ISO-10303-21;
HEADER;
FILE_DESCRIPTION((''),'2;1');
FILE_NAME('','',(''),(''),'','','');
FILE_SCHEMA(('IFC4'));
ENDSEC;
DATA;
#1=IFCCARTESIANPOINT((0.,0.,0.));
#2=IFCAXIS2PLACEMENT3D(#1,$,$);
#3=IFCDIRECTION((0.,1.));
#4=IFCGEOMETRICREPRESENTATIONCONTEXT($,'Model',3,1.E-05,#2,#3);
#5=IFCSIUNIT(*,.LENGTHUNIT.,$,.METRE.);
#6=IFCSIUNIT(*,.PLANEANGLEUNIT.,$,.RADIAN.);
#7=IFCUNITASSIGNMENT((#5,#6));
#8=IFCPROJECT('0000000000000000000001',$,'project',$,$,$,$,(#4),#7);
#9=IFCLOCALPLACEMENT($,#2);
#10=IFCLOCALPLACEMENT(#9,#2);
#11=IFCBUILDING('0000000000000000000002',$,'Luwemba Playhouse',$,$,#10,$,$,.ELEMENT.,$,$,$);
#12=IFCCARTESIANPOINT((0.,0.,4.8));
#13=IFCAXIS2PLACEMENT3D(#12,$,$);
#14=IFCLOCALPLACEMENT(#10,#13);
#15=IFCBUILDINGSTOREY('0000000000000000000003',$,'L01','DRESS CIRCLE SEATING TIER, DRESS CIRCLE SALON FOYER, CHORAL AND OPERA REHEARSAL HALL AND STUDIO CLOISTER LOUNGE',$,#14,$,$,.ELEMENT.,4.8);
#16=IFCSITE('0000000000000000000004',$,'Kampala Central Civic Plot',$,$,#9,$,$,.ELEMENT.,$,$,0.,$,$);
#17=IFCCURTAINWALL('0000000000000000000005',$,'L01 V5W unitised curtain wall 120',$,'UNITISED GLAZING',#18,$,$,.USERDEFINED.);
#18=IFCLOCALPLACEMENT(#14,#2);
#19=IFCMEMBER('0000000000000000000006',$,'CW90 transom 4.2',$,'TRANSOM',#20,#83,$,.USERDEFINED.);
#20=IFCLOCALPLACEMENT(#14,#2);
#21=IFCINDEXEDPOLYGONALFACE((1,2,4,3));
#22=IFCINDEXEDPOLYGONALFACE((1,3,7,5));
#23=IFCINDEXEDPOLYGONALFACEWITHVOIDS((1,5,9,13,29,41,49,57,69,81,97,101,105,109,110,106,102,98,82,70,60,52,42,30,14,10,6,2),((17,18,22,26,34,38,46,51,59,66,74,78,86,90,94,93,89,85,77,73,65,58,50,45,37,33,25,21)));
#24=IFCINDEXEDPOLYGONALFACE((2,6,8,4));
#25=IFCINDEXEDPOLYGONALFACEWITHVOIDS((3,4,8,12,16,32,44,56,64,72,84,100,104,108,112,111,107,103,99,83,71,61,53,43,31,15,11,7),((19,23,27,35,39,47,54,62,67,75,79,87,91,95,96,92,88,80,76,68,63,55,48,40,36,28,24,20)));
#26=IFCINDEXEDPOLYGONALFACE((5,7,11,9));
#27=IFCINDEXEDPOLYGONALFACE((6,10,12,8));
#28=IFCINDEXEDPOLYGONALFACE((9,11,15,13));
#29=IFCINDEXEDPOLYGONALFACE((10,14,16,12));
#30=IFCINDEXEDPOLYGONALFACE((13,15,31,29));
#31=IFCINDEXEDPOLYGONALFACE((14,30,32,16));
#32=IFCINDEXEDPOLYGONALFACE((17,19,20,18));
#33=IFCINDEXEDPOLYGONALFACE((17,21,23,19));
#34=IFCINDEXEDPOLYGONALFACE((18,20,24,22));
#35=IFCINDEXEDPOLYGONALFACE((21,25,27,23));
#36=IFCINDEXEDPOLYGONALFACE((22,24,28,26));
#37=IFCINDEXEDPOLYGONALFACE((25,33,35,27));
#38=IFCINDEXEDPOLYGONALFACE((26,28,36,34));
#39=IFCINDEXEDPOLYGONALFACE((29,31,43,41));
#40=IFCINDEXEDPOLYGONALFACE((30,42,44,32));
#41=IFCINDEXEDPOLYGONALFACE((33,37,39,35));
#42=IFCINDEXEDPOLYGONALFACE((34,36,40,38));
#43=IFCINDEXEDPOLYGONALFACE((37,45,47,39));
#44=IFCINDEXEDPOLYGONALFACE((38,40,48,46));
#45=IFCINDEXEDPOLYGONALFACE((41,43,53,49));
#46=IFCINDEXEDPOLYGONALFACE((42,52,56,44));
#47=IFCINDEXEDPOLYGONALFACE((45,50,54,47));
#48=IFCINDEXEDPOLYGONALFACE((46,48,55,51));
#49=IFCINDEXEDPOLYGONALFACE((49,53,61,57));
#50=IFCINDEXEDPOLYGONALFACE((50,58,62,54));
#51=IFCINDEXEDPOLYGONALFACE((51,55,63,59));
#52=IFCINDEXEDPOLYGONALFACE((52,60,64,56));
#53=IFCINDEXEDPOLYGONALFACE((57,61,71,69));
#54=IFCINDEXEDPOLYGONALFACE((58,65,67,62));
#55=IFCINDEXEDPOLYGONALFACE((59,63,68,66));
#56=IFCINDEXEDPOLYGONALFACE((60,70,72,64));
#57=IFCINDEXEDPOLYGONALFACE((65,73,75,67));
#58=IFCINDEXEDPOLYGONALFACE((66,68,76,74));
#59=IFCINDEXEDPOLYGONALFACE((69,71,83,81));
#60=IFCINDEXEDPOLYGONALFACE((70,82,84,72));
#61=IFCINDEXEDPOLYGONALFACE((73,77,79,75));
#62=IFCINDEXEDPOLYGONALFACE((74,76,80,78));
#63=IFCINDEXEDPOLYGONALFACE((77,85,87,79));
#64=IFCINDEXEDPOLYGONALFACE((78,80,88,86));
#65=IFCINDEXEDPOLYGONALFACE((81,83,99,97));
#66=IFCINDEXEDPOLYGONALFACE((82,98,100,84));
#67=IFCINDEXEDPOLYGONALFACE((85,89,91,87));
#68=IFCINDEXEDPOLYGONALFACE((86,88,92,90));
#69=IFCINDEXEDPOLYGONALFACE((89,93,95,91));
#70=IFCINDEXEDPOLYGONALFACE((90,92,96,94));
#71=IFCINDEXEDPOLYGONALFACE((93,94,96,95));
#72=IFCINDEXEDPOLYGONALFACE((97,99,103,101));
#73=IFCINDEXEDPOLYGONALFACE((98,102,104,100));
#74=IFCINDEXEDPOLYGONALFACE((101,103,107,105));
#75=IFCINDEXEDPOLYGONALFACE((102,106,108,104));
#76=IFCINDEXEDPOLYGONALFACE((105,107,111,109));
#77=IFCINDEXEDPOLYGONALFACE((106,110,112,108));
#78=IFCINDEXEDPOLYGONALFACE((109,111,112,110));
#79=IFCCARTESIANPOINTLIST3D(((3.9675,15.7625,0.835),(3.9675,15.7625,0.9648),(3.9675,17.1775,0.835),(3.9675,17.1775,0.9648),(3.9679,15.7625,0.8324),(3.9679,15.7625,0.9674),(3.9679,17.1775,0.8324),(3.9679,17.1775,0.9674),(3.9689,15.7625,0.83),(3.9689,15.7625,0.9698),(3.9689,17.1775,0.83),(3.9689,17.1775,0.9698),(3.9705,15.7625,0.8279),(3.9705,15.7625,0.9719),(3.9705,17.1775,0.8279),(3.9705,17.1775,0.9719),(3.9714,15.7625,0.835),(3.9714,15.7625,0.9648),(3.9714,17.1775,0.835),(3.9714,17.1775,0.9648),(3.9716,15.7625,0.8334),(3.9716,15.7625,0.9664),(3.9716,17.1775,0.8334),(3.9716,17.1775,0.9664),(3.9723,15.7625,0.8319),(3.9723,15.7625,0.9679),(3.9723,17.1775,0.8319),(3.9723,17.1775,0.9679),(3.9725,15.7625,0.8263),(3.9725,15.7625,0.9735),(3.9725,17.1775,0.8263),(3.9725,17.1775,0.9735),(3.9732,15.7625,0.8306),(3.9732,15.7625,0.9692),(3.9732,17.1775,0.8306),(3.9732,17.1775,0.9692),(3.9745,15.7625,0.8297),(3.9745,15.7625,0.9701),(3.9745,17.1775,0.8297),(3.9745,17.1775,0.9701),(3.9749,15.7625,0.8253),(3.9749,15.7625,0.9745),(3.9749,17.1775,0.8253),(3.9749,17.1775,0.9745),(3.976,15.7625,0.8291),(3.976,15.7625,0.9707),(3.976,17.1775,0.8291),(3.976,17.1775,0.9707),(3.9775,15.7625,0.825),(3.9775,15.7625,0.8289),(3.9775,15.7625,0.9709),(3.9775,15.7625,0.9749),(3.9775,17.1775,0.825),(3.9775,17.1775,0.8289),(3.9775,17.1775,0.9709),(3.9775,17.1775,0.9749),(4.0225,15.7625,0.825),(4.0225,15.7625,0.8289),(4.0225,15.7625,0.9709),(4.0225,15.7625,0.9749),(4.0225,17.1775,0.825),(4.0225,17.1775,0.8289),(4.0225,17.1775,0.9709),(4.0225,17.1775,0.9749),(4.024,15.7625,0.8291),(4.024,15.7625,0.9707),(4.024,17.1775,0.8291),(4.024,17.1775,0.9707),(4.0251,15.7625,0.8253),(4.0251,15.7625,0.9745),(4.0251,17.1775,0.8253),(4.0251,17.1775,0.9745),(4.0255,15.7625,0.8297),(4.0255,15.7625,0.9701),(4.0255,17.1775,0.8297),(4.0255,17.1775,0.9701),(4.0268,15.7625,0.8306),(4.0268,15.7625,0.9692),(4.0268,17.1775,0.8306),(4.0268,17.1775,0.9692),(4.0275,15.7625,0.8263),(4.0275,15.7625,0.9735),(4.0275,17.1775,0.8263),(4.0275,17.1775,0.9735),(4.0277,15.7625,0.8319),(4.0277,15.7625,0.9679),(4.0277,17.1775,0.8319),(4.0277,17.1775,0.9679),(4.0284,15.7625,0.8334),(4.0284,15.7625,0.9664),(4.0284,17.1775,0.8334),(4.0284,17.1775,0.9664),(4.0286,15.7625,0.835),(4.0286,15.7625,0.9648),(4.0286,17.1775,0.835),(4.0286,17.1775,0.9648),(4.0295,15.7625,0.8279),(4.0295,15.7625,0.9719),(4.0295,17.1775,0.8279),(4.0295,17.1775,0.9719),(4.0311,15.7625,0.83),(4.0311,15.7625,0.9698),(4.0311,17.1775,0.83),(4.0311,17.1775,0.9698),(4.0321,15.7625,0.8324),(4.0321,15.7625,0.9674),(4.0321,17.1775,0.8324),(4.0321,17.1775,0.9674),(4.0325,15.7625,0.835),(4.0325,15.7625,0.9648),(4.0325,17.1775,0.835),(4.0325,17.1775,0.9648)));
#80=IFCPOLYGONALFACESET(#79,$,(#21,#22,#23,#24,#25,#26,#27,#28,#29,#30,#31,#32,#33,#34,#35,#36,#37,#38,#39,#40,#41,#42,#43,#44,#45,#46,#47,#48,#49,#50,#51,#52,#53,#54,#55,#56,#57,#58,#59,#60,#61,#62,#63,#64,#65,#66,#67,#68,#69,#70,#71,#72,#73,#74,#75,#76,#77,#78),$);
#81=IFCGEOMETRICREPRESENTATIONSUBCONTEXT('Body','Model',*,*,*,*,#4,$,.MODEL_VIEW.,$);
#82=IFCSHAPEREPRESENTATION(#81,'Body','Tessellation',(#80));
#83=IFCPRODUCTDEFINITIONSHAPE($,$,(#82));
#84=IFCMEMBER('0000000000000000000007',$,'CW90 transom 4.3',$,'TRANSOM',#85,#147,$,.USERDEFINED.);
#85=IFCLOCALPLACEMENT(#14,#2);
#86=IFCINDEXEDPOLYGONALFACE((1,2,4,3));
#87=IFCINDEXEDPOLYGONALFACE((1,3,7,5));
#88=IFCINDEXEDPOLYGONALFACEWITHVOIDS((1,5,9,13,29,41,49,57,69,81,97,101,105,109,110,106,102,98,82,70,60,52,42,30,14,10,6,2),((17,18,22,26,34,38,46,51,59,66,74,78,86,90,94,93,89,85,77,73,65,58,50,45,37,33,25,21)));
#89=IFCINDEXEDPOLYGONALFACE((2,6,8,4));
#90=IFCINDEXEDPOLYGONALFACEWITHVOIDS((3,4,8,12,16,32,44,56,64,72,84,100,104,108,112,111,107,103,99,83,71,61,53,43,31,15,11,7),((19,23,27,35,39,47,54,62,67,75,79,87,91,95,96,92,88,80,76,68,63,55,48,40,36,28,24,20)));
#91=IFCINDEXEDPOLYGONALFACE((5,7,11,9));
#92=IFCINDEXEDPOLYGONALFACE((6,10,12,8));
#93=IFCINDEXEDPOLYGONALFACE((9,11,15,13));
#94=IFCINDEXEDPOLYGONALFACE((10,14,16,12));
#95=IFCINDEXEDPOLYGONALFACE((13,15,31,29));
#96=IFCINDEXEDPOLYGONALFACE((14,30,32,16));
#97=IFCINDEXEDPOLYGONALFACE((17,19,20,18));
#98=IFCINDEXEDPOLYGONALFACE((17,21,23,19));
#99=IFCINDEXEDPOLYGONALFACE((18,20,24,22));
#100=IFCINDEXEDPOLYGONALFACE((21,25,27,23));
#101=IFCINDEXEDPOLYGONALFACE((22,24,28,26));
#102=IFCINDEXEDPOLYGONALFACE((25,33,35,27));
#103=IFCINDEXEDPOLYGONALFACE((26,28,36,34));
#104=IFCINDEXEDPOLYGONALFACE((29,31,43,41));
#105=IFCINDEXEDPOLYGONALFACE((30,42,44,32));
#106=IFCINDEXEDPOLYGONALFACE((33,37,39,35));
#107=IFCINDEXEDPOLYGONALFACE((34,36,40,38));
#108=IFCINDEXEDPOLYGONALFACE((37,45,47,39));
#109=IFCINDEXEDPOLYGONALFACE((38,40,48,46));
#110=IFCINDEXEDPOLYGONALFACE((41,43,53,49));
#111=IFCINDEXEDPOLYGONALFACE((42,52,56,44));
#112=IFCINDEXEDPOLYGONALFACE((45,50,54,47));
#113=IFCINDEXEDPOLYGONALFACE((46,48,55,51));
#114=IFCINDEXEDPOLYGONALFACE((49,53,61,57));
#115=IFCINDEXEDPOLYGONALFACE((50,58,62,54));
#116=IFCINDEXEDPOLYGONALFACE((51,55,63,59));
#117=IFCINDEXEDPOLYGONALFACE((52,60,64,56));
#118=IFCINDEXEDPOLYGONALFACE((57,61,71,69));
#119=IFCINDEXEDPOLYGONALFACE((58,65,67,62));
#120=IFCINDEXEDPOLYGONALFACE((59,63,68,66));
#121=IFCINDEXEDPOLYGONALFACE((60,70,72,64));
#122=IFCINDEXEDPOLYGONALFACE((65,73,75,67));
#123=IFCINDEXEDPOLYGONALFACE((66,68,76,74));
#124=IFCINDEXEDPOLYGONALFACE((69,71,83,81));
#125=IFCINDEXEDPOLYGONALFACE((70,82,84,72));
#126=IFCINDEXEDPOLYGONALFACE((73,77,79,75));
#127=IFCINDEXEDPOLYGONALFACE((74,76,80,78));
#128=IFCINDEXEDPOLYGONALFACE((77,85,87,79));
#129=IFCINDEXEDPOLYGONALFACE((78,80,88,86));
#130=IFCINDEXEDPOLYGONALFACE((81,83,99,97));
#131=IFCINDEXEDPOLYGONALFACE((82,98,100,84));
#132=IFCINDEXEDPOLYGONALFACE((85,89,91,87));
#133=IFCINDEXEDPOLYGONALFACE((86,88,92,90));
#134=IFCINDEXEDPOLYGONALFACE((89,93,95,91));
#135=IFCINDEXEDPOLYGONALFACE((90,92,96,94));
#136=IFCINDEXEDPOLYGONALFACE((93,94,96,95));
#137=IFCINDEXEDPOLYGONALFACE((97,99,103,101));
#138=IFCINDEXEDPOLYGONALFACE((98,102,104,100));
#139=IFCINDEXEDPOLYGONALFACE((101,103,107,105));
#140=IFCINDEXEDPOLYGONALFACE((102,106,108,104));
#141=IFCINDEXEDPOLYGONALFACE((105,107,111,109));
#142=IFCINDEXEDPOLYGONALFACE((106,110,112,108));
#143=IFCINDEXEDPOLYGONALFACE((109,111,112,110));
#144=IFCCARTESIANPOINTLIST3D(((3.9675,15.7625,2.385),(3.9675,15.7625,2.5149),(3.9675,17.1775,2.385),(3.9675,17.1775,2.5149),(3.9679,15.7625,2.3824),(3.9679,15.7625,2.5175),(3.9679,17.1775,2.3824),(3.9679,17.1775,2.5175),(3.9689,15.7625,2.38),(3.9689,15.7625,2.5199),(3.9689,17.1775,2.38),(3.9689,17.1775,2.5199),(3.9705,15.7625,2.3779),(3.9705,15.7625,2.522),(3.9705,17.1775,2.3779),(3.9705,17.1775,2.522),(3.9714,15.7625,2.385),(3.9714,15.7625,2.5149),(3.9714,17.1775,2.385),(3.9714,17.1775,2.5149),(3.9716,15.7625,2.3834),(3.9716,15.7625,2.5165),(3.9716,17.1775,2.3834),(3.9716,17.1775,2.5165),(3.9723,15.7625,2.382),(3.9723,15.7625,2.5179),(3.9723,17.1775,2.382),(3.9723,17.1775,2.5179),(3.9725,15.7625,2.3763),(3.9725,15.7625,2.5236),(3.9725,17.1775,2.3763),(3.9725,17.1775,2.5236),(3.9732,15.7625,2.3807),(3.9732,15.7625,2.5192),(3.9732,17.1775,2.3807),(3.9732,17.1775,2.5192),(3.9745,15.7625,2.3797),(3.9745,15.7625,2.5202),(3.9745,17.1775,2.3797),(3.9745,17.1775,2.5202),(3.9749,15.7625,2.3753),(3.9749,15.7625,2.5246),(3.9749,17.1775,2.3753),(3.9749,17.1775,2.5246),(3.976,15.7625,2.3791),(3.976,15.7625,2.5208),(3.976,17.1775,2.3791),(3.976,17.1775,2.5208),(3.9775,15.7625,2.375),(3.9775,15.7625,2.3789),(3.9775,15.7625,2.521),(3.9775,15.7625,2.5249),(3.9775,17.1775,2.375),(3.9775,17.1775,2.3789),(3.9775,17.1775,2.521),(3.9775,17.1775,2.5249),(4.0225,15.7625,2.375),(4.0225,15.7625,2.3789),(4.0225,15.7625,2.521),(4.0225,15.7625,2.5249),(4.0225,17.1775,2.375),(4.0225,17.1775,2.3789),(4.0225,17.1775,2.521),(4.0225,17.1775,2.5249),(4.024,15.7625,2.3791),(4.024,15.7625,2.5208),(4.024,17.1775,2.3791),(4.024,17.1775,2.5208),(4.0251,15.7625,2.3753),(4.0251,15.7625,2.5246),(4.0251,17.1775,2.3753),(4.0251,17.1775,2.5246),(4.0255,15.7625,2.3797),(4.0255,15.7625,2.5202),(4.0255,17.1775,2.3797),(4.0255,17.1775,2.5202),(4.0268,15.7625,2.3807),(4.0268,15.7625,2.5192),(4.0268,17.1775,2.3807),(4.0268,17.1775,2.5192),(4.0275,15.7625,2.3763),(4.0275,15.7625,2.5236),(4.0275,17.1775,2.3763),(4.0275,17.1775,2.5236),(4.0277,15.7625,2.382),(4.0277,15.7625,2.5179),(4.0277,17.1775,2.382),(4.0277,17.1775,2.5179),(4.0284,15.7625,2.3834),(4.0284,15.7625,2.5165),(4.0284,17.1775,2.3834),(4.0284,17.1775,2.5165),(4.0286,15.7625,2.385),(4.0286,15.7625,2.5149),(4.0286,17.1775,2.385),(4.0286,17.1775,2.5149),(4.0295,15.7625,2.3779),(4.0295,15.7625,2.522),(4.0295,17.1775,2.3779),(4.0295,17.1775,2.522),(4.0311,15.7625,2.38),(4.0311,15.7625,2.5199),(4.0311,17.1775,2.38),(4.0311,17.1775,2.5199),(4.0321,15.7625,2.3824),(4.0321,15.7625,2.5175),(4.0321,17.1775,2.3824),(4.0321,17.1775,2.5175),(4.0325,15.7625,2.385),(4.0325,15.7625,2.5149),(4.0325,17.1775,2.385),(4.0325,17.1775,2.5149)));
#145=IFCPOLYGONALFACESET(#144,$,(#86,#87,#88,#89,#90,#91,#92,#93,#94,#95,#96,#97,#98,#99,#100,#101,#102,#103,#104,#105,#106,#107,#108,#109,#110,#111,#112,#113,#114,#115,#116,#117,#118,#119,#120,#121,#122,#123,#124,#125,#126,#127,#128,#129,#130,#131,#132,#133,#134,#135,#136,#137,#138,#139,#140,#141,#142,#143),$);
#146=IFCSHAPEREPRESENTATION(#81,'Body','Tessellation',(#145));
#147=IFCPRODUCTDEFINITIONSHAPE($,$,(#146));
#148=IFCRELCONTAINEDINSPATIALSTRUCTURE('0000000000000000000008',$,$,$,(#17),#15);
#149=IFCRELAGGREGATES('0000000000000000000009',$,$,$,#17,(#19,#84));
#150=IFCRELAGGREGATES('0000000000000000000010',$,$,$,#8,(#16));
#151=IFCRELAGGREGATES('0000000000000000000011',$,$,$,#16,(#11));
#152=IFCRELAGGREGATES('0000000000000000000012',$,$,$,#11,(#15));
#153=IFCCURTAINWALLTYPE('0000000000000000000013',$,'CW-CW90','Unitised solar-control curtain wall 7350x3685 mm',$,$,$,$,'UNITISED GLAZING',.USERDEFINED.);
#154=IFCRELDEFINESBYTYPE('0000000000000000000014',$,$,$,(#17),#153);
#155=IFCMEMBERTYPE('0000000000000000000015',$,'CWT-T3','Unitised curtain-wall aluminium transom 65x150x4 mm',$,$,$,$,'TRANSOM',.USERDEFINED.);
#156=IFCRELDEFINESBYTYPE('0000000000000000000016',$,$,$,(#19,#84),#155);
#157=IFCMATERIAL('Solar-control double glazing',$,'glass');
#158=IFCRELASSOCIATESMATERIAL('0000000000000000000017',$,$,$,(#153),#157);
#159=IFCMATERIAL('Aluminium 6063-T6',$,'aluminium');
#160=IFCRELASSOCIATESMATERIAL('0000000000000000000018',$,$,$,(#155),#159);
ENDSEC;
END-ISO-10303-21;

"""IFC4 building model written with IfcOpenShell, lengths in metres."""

from ifc_helpers import new_model, si_unit, direction, frame, origin, origin_2d, place, context, subcontext, project, spatial, hollow_rectangle, extrude, material, material_profile, profile_set, type_object, element, aggregate, save


model = new_model("IFC4")

# Units and contexts
model_context = context("Model", 3, precision=1e-05, world=origin(), true_north=direction((0.0, 1.0)))
body_context = subcontext(model_context, "Body", "Model", "MODEL_VIEW")
ifc_project = project(units=[si_unit("LENGTHUNIT", "METRE"), si_unit("PLANEANGLEUNIT", "RADIAN")], contexts=[model_context])

# Site, building, storey
site_placement = place(None, origin())
site = spatial("IfcSite", under=ifc_project, at=site_placement, Name="Kampala Central Civic Plot", CompositionType="ELEMENT", RefElevation=0.0)
building_placement = place(site_placement, origin())
building = spatial("IfcBuilding", under=site, at=building_placement, Name="Luwemba Playhouse", CompositionType="ELEMENT")
storey_placement = place(building_placement, frame((0.0, 0.0, 4.8)))
storey = spatial("IfcBuildingStorey", under=building, at=storey_placement, Name="L01", Description="DRESS CIRCLE SEATING TIER, DRESS CIRCLE SALON FOYER, CHORAL AND OPERA REHEARSAL HALL AND STUDIO CLOISTER LOUNGE", CompositionType="ELEMENT", Elevation=4.8)

# Curtain wall, members
ifc_material_1 = material(Name="Solar-control double glazing", Category="glass")
curtain_wall_type = type_object("IfcCurtainWallType", Name="CW-CW90", Description="Unitised solar-control curtain wall 7350x3685 mm", ElementType="UNITISED GLAZING", PredefinedType="USERDEFINED", material=ifc_material_1)
curtain_wall_placement = place(storey_placement, origin())
curtain_wall = element("IfcCurtainWall", 1, at=curtain_wall_placement, inside=storey, type_object=curtain_wall_type, Name="L01 V5W unitised curtain wall 120", ObjectType="UNITISED GLAZING", PredefinedType="USERDEFINED")
ifc_material_2 = material(Name="Aluminium 6063-T6", Category="aluminium")
ifc_material_profile_1 = material_profile(ifc_material_2, hollow_rectangle(XDim=0.0649, YDim=0.1499, WallThickness=0.0039, InnerFilletRadius=0.0061, OuterFilletRadius=0.01, at=origin_2d()))
ifc_profile_set_1 = profile_set([ifc_material_profile_1], Name="Aluminium 6063-T6")
member_type_1 = type_object("IfcMemberType", Name="CWT-T3", Description="Unitised curtain-wall aluminium transom 65x150x4 mm", ElementType="TRANSOM", PredefinedType="USERDEFINED", material=ifc_profile_set_1)
member_1_placement = place(storey_placement, frame((4.0, 15.7625, 0.8999), z_axis=(0.0, 1.0, 0.0), x_axis=(-1.0, 0.0, 0.0)))
member_1 = element("IfcMember", 2, at=member_1_placement, type_object=member_type_1, Name="CW90 transom 4.2", ObjectType="TRANSOM", PredefinedType="USERDEFINED", context=body_context, shape_type="SweptSolid", body=[
    extrude(hollow_rectangle(XDim=0.0649, YDim=0.1499, WallThickness=0.0039, InnerFilletRadius=0.0061, OuterFilletRadius=0.01, at=origin_2d()), origin(), (0.0, 0.0, 1.0), 1.415),
])
member_2_placement = place(storey_placement, frame((4.0, 15.7625, 2.45), z_axis=(0.0, 1.0, 0.0), x_axis=(-1.0, 0.0, 0.0)))
member_2 = element("IfcMember", 3, at=member_2_placement, type_object=member_type_1, Name="CW90 transom 4.3", ObjectType="TRANSOM", PredefinedType="USERDEFINED", context=body_context, shape_type="SweptSolid", body=[
    extrude(hollow_rectangle(XDim=0.0649, YDim=0.1499, WallThickness=0.0039, InnerFilletRadius=0.0061, OuterFilletRadius=0.01, at=origin_2d()), origin(), (0.0, 0.0, 1.0), 1.415),
])
aggregate(curtain_wall, [member_1, member_2])

save(model, "model.ifc")
